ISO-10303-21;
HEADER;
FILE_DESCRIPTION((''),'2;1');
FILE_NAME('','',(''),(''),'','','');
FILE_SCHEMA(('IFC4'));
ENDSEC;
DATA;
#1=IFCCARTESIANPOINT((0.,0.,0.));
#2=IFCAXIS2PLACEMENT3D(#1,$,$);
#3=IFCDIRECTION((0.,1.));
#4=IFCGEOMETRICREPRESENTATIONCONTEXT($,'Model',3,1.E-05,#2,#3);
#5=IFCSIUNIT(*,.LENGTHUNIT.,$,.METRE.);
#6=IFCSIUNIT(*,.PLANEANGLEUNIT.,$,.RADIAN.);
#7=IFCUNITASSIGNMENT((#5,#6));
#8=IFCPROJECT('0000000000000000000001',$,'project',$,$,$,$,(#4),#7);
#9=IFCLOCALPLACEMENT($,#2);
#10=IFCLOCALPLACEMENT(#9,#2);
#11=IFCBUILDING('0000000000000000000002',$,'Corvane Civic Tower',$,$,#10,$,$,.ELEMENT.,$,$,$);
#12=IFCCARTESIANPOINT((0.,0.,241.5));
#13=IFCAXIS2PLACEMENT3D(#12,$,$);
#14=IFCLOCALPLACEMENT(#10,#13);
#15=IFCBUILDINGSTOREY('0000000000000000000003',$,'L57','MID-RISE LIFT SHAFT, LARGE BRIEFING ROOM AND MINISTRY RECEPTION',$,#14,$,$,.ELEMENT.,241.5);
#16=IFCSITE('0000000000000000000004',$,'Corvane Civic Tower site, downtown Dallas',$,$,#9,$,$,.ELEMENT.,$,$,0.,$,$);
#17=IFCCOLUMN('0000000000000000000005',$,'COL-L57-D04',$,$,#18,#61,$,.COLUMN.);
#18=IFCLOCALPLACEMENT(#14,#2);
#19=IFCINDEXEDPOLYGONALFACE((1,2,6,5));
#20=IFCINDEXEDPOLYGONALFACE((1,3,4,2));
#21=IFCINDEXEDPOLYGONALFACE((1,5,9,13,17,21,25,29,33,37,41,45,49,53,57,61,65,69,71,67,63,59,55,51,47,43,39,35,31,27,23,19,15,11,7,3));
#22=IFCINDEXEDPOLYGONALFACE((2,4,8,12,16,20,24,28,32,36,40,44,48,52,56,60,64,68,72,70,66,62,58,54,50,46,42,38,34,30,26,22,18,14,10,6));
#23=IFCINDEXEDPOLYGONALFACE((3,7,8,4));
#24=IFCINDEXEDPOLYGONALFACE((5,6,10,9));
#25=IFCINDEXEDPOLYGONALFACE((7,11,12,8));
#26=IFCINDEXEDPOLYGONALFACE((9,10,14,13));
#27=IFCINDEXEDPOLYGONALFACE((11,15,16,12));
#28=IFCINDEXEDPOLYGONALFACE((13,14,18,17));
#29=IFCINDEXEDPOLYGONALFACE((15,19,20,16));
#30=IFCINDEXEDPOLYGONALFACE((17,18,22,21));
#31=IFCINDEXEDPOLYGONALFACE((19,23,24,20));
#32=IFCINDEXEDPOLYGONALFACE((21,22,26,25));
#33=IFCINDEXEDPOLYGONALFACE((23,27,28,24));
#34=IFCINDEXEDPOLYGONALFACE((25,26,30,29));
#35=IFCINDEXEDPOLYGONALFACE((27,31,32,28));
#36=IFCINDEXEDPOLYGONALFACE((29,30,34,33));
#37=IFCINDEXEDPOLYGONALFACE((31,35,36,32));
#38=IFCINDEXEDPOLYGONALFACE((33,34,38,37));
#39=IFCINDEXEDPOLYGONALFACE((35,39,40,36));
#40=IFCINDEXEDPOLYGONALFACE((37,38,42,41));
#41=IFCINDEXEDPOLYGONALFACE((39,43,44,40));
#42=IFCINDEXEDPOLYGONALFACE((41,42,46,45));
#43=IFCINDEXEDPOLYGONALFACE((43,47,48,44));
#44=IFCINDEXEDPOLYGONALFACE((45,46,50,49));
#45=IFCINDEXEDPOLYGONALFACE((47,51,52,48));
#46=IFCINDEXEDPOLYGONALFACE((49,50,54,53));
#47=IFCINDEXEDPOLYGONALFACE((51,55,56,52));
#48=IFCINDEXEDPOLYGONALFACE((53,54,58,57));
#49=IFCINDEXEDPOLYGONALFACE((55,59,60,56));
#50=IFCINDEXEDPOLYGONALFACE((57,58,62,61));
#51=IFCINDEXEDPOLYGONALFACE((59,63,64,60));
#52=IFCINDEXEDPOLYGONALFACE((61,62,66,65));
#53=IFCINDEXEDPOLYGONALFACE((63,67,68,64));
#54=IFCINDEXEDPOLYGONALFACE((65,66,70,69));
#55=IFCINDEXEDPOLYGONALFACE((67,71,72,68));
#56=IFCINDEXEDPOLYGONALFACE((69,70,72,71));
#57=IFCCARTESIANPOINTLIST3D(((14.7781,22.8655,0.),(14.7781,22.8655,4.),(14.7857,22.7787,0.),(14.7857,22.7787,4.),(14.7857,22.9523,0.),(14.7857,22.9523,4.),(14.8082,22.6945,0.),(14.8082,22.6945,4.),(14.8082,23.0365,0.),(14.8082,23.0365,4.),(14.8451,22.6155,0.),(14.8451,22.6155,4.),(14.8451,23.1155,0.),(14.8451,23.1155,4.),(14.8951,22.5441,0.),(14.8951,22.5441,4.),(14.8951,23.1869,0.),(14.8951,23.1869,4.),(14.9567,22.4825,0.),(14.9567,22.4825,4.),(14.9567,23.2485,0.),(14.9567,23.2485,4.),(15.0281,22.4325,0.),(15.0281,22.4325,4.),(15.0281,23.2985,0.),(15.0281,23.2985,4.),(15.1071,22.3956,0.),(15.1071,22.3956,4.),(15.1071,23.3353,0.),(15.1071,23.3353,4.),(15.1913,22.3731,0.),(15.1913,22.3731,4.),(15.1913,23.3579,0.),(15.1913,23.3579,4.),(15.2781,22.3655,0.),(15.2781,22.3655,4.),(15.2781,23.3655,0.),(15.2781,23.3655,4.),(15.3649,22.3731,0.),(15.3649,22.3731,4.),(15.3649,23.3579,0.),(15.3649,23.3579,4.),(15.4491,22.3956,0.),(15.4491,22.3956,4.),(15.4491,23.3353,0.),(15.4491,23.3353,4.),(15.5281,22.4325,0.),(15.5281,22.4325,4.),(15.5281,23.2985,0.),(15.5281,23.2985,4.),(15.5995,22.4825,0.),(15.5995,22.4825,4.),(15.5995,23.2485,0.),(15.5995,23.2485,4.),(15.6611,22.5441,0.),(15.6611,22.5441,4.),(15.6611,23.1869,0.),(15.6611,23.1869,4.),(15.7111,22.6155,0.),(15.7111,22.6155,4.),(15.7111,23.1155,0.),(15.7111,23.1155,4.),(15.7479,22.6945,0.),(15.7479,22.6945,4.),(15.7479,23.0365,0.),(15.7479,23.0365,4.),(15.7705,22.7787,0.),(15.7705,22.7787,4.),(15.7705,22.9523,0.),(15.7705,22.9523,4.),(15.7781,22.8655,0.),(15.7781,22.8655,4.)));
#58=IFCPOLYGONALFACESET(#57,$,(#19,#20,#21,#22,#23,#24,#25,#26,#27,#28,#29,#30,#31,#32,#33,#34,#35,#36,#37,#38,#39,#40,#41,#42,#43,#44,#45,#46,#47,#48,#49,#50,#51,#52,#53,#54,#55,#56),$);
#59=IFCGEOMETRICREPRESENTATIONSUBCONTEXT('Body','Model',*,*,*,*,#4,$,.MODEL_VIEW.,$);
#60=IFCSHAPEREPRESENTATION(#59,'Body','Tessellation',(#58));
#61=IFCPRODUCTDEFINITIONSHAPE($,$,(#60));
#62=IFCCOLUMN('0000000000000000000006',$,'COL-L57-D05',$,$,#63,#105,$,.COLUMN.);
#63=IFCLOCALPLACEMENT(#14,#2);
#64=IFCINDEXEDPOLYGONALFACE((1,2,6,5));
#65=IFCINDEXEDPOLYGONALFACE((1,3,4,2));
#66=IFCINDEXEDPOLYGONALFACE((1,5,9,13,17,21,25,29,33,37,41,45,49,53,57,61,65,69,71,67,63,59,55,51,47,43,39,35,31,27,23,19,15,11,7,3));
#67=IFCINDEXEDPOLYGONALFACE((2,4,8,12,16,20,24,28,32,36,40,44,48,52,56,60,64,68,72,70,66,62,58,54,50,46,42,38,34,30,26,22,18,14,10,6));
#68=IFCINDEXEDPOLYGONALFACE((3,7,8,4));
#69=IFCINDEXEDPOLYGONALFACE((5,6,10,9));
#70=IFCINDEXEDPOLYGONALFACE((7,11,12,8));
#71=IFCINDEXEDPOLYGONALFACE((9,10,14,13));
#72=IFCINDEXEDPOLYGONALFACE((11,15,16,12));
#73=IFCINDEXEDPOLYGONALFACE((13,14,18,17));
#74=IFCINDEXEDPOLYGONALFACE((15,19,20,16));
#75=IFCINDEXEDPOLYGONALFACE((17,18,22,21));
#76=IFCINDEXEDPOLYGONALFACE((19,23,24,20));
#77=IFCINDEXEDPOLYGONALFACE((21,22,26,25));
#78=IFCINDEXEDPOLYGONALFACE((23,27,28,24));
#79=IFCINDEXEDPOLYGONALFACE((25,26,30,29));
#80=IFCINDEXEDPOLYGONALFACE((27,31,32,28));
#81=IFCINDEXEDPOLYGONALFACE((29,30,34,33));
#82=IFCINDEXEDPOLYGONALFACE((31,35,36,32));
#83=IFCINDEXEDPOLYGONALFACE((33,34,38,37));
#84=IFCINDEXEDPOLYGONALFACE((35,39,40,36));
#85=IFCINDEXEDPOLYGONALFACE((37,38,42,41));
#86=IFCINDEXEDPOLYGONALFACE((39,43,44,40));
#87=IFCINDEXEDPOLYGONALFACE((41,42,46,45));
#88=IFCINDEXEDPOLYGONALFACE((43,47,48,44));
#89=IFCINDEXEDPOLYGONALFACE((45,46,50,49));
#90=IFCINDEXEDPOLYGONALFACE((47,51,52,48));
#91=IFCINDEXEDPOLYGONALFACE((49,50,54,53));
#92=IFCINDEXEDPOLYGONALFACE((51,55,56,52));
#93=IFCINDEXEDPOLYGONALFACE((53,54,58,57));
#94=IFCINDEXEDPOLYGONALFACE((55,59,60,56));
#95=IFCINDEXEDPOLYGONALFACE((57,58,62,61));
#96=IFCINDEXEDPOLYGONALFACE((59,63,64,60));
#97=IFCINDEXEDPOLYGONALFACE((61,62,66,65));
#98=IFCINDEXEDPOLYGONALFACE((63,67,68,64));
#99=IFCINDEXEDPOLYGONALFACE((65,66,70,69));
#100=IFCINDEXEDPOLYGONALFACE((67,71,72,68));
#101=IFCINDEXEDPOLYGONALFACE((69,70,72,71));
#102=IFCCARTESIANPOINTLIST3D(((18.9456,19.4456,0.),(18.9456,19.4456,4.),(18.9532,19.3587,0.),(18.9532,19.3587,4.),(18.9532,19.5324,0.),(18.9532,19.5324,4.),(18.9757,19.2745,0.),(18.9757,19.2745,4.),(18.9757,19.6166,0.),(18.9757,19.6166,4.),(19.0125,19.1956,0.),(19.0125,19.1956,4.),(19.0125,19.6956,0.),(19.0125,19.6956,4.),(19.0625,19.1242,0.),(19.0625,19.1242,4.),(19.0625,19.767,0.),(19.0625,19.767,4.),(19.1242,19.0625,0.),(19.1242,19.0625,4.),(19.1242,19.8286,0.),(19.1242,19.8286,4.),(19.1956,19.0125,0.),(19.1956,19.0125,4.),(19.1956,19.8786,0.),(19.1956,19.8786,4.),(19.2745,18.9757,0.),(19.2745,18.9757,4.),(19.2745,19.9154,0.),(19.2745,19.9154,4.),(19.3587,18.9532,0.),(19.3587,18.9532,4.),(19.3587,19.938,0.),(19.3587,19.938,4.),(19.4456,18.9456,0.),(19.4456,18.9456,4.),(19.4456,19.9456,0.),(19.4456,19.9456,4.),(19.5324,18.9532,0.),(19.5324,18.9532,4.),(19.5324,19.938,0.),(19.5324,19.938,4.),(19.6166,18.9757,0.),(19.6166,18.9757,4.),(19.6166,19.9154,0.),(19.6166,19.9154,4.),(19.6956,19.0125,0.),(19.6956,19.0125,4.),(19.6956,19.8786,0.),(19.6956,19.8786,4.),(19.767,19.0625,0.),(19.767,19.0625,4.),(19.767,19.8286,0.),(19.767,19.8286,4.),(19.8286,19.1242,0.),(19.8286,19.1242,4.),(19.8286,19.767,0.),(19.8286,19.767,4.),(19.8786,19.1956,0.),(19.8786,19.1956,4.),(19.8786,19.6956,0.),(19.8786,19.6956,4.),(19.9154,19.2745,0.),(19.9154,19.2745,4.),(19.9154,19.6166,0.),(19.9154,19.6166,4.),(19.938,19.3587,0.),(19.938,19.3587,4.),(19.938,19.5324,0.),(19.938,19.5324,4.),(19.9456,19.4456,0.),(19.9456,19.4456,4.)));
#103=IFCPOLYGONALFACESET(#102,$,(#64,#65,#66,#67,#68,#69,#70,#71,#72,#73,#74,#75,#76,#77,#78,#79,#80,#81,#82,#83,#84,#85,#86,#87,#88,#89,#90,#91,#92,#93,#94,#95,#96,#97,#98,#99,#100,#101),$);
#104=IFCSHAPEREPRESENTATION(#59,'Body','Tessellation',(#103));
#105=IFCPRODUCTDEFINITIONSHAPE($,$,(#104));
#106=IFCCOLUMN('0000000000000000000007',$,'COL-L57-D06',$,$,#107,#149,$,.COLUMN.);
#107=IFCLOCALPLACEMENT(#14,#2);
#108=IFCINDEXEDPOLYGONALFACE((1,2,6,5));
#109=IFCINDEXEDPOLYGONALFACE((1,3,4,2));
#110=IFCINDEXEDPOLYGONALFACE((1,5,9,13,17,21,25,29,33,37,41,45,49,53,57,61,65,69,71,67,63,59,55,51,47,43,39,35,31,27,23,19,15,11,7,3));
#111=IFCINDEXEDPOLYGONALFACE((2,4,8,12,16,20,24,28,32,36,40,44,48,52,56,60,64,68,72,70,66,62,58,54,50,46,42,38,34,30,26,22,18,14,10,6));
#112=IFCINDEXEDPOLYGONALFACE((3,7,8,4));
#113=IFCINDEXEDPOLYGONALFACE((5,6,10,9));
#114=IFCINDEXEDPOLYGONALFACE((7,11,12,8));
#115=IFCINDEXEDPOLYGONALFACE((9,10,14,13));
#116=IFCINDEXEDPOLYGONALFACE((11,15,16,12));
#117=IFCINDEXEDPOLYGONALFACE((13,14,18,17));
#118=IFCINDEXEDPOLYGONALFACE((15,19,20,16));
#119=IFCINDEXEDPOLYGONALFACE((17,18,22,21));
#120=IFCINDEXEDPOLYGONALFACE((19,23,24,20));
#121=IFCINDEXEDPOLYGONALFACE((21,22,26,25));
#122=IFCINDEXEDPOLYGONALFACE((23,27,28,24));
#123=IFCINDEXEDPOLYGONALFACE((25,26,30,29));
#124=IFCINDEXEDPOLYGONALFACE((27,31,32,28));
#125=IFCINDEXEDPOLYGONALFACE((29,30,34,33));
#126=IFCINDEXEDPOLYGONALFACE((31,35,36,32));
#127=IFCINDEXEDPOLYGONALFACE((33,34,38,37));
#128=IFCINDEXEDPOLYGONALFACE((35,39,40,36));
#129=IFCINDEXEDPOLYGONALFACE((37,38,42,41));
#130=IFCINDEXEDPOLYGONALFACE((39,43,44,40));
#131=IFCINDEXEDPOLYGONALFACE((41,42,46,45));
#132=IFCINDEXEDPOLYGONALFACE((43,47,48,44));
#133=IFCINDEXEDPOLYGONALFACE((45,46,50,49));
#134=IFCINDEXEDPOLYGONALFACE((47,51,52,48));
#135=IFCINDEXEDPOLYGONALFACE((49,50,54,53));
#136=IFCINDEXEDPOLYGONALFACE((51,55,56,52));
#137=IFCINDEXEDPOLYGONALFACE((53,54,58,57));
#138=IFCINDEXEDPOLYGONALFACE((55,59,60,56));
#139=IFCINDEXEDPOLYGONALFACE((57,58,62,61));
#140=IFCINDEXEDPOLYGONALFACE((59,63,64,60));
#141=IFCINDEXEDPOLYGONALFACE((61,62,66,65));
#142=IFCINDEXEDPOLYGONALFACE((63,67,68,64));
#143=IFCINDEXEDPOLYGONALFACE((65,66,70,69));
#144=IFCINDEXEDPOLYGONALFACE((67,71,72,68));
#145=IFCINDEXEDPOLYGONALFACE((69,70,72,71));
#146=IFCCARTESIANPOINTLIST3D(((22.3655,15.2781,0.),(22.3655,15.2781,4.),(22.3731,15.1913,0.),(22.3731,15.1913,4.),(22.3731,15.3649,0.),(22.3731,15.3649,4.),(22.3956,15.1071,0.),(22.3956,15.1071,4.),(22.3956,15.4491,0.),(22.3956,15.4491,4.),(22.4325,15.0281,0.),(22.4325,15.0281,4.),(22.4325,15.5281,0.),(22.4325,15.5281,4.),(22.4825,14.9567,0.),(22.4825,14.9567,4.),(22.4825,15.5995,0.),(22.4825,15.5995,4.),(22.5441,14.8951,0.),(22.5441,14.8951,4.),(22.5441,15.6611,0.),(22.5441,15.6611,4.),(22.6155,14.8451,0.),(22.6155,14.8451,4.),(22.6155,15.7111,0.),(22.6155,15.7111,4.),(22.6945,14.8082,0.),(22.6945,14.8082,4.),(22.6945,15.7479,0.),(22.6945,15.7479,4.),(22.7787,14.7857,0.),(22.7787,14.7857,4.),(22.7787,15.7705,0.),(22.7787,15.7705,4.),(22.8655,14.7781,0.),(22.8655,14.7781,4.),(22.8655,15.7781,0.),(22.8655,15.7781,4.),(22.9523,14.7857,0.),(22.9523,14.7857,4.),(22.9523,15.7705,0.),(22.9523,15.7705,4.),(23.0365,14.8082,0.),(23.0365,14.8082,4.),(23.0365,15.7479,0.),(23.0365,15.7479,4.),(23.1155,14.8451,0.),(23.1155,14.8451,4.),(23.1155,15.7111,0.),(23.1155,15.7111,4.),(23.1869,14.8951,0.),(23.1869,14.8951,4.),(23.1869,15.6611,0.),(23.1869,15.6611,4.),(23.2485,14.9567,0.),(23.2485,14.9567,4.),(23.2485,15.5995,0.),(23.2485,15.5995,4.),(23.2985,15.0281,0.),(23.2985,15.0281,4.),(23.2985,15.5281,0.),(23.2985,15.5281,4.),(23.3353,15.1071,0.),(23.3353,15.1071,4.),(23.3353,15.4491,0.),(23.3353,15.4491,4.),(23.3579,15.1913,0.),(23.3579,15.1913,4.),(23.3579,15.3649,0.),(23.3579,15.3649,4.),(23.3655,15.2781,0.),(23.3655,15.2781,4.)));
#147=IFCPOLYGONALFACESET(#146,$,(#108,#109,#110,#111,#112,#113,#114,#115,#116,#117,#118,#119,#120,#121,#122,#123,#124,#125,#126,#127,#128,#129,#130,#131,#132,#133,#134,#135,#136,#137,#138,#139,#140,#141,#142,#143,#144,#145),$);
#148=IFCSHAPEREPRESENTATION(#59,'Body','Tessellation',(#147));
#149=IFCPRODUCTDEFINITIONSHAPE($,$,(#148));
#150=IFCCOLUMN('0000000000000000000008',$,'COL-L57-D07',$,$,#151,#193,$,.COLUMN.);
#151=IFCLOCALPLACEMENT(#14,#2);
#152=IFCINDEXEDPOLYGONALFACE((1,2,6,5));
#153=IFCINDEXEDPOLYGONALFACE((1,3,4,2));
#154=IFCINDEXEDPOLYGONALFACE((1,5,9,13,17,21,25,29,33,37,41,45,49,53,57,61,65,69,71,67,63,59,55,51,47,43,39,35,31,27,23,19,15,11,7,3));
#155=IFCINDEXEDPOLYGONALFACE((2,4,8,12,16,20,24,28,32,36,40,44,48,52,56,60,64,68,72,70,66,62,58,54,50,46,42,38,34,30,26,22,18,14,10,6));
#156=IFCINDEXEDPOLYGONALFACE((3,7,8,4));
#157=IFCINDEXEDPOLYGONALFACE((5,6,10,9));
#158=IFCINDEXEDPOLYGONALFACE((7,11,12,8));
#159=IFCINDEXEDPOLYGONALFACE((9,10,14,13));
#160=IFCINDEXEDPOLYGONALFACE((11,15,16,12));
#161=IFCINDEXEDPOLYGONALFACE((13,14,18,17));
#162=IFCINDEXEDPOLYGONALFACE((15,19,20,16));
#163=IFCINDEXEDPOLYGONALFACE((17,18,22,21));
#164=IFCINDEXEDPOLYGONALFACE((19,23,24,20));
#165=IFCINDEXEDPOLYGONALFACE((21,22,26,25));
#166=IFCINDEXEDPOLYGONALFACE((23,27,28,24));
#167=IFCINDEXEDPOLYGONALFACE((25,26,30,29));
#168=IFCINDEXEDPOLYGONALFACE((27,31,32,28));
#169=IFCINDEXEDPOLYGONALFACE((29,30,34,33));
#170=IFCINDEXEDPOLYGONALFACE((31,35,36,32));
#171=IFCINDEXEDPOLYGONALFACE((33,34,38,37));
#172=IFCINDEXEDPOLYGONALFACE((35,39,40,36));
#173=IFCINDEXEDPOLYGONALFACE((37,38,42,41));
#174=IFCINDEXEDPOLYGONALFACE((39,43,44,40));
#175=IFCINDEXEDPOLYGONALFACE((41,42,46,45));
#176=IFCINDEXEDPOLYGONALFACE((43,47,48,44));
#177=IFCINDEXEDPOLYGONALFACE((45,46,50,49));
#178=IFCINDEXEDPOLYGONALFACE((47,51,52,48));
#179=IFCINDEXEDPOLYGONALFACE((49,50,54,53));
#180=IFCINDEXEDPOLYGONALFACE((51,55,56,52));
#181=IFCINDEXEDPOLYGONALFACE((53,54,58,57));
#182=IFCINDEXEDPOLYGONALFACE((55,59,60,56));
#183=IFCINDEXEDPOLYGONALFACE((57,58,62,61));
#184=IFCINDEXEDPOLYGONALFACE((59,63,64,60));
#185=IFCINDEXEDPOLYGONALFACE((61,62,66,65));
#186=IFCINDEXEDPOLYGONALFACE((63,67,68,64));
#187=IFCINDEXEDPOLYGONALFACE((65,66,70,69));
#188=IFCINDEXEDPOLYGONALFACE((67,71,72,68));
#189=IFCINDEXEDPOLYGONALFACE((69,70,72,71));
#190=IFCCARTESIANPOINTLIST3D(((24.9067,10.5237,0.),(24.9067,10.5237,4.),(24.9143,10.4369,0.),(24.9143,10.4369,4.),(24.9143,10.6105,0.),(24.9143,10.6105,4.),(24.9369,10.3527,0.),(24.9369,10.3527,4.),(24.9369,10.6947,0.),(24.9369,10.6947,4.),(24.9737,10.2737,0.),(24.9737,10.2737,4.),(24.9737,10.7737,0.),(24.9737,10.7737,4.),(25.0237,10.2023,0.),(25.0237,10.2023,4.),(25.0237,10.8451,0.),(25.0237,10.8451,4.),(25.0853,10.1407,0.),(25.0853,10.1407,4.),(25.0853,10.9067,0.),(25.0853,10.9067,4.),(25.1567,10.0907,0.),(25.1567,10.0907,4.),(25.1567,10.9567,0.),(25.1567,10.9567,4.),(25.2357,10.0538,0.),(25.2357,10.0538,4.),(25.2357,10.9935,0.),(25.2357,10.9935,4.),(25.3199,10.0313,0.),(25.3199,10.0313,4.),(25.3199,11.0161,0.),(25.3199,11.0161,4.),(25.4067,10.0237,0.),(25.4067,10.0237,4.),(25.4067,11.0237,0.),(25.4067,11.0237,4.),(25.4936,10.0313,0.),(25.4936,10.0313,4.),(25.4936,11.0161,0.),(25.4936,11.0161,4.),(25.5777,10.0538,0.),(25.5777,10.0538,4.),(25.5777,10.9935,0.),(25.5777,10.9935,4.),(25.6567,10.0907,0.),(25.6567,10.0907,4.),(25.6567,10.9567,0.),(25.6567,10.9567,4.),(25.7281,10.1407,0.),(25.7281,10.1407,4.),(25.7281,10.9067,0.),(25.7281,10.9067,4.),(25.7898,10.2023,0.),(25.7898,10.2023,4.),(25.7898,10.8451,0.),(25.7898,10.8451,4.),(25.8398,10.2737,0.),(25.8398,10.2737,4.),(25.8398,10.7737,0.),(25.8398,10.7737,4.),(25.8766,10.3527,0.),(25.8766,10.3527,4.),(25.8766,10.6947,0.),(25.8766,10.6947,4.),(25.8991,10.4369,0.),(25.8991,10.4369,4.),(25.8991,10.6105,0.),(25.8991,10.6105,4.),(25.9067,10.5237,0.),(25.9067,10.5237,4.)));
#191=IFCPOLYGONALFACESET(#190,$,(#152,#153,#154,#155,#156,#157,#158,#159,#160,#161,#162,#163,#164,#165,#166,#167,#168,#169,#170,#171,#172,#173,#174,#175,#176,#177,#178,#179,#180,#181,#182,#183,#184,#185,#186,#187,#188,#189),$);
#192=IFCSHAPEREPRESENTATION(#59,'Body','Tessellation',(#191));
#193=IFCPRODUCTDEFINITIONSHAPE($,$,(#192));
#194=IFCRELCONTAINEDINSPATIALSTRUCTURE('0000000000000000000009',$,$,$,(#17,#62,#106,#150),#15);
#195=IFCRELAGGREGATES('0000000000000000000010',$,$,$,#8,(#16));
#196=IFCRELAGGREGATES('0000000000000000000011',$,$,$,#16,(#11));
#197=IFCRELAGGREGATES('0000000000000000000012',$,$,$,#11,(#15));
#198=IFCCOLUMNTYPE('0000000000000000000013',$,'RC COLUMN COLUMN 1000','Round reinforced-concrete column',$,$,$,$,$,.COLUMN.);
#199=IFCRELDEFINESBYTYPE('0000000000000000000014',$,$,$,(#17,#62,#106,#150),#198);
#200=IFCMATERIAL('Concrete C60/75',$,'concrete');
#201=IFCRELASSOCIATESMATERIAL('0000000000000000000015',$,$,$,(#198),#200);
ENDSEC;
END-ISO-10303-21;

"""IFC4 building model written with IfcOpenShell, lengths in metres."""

from ifc_helpers import new_model, si_unit, direction, frame, origin, origin_2d, place, context, subcontext, project, spatial, circle, extrude, material, material_profile, profile_set, type_object, element, save


model = new_model("IFC4")

# Units and contexts
model_context = context("Model", 3, precision=1e-05, world=origin(), true_north=direction((0.0, 1.0)))
body_context = subcontext(model_context, "Body", "Model", "MODEL_VIEW")
ifc_project = project(units=[si_unit("LENGTHUNIT", "METRE"), si_unit("PLANEANGLEUNIT", "RADIAN")], contexts=[model_context])

# Site, building, storey
site_placement = place(None, origin())
site = spatial("IfcSite", under=ifc_project, at=site_placement, Name="Corvane Civic Tower site, downtown Dallas", CompositionType="ELEMENT", RefElevation=0.0)
building_placement = place(site_placement, origin())
building = spatial("IfcBuilding", under=site, at=building_placement, Name="Corvane Civic Tower", CompositionType="ELEMENT")
storey_placement = place(building_placement, frame((0.0, 0.0, 241.5)))
storey = spatial("IfcBuildingStorey", under=building, at=storey_placement, Name="L57", Description="MID-RISE LIFT SHAFT, LARGE BRIEFING ROOM AND MINISTRY RECEPTION", CompositionType="ELEMENT", Elevation=241.5)

# Columns
ifc_material_1 = material(Name="Concrete C60/75", Category="concrete")
ifc_material_profile_1 = material_profile(ifc_material_1, circle(Radius=0.5, at=origin_2d()), Name="COLUMN 1000")
ifc_profile_set_1 = profile_set([ifc_material_profile_1], Name="Concrete C60/75")
column_type = type_object("IfcColumnType", Name="RC COLUMN COLUMN 1000", Description="Round reinforced-concrete column", PredefinedType="COLUMN", material=ifc_profile_set_1)
for number, where, z_axis, x_axis, name in (
    (1, (15.2781, 22.8655, 0.0), (0.0, 0.0, 1.0), (1.0, 0.0, 0.0), "COL-L57-D04"),
    (2, (19.4456, 19.4456, 0.0), (0.0, 0.0, 1.0), (1.0, 0.0, 0.0), "COL-L57-D05"),
    (3, (22.8655, 15.2781, 0.0), (0.0, 0.0, 1.0), (1.0, 0.0, 0.0), "COL-L57-D06"),
    (4, (25.4067, 10.5237, 0.0), (0.0, 0.0, 1.0), (1.0, 0.0, 0.0), "COL-L57-D07"),
):
    element("IfcColumn", number, at=place(storey_placement, frame(where, z_axis=z_axis, x_axis=x_axis)), inside=storey, type_object=column_type, Name=name, PredefinedType="COLUMN", context=body_context, shape_type="SweptSolid", body=[
        extrude(circle(Radius=0.5, at=origin_2d()), origin(), (0.0, 0.0, 1.0), 4.0),
    ])

save(model, "model.ifc")
